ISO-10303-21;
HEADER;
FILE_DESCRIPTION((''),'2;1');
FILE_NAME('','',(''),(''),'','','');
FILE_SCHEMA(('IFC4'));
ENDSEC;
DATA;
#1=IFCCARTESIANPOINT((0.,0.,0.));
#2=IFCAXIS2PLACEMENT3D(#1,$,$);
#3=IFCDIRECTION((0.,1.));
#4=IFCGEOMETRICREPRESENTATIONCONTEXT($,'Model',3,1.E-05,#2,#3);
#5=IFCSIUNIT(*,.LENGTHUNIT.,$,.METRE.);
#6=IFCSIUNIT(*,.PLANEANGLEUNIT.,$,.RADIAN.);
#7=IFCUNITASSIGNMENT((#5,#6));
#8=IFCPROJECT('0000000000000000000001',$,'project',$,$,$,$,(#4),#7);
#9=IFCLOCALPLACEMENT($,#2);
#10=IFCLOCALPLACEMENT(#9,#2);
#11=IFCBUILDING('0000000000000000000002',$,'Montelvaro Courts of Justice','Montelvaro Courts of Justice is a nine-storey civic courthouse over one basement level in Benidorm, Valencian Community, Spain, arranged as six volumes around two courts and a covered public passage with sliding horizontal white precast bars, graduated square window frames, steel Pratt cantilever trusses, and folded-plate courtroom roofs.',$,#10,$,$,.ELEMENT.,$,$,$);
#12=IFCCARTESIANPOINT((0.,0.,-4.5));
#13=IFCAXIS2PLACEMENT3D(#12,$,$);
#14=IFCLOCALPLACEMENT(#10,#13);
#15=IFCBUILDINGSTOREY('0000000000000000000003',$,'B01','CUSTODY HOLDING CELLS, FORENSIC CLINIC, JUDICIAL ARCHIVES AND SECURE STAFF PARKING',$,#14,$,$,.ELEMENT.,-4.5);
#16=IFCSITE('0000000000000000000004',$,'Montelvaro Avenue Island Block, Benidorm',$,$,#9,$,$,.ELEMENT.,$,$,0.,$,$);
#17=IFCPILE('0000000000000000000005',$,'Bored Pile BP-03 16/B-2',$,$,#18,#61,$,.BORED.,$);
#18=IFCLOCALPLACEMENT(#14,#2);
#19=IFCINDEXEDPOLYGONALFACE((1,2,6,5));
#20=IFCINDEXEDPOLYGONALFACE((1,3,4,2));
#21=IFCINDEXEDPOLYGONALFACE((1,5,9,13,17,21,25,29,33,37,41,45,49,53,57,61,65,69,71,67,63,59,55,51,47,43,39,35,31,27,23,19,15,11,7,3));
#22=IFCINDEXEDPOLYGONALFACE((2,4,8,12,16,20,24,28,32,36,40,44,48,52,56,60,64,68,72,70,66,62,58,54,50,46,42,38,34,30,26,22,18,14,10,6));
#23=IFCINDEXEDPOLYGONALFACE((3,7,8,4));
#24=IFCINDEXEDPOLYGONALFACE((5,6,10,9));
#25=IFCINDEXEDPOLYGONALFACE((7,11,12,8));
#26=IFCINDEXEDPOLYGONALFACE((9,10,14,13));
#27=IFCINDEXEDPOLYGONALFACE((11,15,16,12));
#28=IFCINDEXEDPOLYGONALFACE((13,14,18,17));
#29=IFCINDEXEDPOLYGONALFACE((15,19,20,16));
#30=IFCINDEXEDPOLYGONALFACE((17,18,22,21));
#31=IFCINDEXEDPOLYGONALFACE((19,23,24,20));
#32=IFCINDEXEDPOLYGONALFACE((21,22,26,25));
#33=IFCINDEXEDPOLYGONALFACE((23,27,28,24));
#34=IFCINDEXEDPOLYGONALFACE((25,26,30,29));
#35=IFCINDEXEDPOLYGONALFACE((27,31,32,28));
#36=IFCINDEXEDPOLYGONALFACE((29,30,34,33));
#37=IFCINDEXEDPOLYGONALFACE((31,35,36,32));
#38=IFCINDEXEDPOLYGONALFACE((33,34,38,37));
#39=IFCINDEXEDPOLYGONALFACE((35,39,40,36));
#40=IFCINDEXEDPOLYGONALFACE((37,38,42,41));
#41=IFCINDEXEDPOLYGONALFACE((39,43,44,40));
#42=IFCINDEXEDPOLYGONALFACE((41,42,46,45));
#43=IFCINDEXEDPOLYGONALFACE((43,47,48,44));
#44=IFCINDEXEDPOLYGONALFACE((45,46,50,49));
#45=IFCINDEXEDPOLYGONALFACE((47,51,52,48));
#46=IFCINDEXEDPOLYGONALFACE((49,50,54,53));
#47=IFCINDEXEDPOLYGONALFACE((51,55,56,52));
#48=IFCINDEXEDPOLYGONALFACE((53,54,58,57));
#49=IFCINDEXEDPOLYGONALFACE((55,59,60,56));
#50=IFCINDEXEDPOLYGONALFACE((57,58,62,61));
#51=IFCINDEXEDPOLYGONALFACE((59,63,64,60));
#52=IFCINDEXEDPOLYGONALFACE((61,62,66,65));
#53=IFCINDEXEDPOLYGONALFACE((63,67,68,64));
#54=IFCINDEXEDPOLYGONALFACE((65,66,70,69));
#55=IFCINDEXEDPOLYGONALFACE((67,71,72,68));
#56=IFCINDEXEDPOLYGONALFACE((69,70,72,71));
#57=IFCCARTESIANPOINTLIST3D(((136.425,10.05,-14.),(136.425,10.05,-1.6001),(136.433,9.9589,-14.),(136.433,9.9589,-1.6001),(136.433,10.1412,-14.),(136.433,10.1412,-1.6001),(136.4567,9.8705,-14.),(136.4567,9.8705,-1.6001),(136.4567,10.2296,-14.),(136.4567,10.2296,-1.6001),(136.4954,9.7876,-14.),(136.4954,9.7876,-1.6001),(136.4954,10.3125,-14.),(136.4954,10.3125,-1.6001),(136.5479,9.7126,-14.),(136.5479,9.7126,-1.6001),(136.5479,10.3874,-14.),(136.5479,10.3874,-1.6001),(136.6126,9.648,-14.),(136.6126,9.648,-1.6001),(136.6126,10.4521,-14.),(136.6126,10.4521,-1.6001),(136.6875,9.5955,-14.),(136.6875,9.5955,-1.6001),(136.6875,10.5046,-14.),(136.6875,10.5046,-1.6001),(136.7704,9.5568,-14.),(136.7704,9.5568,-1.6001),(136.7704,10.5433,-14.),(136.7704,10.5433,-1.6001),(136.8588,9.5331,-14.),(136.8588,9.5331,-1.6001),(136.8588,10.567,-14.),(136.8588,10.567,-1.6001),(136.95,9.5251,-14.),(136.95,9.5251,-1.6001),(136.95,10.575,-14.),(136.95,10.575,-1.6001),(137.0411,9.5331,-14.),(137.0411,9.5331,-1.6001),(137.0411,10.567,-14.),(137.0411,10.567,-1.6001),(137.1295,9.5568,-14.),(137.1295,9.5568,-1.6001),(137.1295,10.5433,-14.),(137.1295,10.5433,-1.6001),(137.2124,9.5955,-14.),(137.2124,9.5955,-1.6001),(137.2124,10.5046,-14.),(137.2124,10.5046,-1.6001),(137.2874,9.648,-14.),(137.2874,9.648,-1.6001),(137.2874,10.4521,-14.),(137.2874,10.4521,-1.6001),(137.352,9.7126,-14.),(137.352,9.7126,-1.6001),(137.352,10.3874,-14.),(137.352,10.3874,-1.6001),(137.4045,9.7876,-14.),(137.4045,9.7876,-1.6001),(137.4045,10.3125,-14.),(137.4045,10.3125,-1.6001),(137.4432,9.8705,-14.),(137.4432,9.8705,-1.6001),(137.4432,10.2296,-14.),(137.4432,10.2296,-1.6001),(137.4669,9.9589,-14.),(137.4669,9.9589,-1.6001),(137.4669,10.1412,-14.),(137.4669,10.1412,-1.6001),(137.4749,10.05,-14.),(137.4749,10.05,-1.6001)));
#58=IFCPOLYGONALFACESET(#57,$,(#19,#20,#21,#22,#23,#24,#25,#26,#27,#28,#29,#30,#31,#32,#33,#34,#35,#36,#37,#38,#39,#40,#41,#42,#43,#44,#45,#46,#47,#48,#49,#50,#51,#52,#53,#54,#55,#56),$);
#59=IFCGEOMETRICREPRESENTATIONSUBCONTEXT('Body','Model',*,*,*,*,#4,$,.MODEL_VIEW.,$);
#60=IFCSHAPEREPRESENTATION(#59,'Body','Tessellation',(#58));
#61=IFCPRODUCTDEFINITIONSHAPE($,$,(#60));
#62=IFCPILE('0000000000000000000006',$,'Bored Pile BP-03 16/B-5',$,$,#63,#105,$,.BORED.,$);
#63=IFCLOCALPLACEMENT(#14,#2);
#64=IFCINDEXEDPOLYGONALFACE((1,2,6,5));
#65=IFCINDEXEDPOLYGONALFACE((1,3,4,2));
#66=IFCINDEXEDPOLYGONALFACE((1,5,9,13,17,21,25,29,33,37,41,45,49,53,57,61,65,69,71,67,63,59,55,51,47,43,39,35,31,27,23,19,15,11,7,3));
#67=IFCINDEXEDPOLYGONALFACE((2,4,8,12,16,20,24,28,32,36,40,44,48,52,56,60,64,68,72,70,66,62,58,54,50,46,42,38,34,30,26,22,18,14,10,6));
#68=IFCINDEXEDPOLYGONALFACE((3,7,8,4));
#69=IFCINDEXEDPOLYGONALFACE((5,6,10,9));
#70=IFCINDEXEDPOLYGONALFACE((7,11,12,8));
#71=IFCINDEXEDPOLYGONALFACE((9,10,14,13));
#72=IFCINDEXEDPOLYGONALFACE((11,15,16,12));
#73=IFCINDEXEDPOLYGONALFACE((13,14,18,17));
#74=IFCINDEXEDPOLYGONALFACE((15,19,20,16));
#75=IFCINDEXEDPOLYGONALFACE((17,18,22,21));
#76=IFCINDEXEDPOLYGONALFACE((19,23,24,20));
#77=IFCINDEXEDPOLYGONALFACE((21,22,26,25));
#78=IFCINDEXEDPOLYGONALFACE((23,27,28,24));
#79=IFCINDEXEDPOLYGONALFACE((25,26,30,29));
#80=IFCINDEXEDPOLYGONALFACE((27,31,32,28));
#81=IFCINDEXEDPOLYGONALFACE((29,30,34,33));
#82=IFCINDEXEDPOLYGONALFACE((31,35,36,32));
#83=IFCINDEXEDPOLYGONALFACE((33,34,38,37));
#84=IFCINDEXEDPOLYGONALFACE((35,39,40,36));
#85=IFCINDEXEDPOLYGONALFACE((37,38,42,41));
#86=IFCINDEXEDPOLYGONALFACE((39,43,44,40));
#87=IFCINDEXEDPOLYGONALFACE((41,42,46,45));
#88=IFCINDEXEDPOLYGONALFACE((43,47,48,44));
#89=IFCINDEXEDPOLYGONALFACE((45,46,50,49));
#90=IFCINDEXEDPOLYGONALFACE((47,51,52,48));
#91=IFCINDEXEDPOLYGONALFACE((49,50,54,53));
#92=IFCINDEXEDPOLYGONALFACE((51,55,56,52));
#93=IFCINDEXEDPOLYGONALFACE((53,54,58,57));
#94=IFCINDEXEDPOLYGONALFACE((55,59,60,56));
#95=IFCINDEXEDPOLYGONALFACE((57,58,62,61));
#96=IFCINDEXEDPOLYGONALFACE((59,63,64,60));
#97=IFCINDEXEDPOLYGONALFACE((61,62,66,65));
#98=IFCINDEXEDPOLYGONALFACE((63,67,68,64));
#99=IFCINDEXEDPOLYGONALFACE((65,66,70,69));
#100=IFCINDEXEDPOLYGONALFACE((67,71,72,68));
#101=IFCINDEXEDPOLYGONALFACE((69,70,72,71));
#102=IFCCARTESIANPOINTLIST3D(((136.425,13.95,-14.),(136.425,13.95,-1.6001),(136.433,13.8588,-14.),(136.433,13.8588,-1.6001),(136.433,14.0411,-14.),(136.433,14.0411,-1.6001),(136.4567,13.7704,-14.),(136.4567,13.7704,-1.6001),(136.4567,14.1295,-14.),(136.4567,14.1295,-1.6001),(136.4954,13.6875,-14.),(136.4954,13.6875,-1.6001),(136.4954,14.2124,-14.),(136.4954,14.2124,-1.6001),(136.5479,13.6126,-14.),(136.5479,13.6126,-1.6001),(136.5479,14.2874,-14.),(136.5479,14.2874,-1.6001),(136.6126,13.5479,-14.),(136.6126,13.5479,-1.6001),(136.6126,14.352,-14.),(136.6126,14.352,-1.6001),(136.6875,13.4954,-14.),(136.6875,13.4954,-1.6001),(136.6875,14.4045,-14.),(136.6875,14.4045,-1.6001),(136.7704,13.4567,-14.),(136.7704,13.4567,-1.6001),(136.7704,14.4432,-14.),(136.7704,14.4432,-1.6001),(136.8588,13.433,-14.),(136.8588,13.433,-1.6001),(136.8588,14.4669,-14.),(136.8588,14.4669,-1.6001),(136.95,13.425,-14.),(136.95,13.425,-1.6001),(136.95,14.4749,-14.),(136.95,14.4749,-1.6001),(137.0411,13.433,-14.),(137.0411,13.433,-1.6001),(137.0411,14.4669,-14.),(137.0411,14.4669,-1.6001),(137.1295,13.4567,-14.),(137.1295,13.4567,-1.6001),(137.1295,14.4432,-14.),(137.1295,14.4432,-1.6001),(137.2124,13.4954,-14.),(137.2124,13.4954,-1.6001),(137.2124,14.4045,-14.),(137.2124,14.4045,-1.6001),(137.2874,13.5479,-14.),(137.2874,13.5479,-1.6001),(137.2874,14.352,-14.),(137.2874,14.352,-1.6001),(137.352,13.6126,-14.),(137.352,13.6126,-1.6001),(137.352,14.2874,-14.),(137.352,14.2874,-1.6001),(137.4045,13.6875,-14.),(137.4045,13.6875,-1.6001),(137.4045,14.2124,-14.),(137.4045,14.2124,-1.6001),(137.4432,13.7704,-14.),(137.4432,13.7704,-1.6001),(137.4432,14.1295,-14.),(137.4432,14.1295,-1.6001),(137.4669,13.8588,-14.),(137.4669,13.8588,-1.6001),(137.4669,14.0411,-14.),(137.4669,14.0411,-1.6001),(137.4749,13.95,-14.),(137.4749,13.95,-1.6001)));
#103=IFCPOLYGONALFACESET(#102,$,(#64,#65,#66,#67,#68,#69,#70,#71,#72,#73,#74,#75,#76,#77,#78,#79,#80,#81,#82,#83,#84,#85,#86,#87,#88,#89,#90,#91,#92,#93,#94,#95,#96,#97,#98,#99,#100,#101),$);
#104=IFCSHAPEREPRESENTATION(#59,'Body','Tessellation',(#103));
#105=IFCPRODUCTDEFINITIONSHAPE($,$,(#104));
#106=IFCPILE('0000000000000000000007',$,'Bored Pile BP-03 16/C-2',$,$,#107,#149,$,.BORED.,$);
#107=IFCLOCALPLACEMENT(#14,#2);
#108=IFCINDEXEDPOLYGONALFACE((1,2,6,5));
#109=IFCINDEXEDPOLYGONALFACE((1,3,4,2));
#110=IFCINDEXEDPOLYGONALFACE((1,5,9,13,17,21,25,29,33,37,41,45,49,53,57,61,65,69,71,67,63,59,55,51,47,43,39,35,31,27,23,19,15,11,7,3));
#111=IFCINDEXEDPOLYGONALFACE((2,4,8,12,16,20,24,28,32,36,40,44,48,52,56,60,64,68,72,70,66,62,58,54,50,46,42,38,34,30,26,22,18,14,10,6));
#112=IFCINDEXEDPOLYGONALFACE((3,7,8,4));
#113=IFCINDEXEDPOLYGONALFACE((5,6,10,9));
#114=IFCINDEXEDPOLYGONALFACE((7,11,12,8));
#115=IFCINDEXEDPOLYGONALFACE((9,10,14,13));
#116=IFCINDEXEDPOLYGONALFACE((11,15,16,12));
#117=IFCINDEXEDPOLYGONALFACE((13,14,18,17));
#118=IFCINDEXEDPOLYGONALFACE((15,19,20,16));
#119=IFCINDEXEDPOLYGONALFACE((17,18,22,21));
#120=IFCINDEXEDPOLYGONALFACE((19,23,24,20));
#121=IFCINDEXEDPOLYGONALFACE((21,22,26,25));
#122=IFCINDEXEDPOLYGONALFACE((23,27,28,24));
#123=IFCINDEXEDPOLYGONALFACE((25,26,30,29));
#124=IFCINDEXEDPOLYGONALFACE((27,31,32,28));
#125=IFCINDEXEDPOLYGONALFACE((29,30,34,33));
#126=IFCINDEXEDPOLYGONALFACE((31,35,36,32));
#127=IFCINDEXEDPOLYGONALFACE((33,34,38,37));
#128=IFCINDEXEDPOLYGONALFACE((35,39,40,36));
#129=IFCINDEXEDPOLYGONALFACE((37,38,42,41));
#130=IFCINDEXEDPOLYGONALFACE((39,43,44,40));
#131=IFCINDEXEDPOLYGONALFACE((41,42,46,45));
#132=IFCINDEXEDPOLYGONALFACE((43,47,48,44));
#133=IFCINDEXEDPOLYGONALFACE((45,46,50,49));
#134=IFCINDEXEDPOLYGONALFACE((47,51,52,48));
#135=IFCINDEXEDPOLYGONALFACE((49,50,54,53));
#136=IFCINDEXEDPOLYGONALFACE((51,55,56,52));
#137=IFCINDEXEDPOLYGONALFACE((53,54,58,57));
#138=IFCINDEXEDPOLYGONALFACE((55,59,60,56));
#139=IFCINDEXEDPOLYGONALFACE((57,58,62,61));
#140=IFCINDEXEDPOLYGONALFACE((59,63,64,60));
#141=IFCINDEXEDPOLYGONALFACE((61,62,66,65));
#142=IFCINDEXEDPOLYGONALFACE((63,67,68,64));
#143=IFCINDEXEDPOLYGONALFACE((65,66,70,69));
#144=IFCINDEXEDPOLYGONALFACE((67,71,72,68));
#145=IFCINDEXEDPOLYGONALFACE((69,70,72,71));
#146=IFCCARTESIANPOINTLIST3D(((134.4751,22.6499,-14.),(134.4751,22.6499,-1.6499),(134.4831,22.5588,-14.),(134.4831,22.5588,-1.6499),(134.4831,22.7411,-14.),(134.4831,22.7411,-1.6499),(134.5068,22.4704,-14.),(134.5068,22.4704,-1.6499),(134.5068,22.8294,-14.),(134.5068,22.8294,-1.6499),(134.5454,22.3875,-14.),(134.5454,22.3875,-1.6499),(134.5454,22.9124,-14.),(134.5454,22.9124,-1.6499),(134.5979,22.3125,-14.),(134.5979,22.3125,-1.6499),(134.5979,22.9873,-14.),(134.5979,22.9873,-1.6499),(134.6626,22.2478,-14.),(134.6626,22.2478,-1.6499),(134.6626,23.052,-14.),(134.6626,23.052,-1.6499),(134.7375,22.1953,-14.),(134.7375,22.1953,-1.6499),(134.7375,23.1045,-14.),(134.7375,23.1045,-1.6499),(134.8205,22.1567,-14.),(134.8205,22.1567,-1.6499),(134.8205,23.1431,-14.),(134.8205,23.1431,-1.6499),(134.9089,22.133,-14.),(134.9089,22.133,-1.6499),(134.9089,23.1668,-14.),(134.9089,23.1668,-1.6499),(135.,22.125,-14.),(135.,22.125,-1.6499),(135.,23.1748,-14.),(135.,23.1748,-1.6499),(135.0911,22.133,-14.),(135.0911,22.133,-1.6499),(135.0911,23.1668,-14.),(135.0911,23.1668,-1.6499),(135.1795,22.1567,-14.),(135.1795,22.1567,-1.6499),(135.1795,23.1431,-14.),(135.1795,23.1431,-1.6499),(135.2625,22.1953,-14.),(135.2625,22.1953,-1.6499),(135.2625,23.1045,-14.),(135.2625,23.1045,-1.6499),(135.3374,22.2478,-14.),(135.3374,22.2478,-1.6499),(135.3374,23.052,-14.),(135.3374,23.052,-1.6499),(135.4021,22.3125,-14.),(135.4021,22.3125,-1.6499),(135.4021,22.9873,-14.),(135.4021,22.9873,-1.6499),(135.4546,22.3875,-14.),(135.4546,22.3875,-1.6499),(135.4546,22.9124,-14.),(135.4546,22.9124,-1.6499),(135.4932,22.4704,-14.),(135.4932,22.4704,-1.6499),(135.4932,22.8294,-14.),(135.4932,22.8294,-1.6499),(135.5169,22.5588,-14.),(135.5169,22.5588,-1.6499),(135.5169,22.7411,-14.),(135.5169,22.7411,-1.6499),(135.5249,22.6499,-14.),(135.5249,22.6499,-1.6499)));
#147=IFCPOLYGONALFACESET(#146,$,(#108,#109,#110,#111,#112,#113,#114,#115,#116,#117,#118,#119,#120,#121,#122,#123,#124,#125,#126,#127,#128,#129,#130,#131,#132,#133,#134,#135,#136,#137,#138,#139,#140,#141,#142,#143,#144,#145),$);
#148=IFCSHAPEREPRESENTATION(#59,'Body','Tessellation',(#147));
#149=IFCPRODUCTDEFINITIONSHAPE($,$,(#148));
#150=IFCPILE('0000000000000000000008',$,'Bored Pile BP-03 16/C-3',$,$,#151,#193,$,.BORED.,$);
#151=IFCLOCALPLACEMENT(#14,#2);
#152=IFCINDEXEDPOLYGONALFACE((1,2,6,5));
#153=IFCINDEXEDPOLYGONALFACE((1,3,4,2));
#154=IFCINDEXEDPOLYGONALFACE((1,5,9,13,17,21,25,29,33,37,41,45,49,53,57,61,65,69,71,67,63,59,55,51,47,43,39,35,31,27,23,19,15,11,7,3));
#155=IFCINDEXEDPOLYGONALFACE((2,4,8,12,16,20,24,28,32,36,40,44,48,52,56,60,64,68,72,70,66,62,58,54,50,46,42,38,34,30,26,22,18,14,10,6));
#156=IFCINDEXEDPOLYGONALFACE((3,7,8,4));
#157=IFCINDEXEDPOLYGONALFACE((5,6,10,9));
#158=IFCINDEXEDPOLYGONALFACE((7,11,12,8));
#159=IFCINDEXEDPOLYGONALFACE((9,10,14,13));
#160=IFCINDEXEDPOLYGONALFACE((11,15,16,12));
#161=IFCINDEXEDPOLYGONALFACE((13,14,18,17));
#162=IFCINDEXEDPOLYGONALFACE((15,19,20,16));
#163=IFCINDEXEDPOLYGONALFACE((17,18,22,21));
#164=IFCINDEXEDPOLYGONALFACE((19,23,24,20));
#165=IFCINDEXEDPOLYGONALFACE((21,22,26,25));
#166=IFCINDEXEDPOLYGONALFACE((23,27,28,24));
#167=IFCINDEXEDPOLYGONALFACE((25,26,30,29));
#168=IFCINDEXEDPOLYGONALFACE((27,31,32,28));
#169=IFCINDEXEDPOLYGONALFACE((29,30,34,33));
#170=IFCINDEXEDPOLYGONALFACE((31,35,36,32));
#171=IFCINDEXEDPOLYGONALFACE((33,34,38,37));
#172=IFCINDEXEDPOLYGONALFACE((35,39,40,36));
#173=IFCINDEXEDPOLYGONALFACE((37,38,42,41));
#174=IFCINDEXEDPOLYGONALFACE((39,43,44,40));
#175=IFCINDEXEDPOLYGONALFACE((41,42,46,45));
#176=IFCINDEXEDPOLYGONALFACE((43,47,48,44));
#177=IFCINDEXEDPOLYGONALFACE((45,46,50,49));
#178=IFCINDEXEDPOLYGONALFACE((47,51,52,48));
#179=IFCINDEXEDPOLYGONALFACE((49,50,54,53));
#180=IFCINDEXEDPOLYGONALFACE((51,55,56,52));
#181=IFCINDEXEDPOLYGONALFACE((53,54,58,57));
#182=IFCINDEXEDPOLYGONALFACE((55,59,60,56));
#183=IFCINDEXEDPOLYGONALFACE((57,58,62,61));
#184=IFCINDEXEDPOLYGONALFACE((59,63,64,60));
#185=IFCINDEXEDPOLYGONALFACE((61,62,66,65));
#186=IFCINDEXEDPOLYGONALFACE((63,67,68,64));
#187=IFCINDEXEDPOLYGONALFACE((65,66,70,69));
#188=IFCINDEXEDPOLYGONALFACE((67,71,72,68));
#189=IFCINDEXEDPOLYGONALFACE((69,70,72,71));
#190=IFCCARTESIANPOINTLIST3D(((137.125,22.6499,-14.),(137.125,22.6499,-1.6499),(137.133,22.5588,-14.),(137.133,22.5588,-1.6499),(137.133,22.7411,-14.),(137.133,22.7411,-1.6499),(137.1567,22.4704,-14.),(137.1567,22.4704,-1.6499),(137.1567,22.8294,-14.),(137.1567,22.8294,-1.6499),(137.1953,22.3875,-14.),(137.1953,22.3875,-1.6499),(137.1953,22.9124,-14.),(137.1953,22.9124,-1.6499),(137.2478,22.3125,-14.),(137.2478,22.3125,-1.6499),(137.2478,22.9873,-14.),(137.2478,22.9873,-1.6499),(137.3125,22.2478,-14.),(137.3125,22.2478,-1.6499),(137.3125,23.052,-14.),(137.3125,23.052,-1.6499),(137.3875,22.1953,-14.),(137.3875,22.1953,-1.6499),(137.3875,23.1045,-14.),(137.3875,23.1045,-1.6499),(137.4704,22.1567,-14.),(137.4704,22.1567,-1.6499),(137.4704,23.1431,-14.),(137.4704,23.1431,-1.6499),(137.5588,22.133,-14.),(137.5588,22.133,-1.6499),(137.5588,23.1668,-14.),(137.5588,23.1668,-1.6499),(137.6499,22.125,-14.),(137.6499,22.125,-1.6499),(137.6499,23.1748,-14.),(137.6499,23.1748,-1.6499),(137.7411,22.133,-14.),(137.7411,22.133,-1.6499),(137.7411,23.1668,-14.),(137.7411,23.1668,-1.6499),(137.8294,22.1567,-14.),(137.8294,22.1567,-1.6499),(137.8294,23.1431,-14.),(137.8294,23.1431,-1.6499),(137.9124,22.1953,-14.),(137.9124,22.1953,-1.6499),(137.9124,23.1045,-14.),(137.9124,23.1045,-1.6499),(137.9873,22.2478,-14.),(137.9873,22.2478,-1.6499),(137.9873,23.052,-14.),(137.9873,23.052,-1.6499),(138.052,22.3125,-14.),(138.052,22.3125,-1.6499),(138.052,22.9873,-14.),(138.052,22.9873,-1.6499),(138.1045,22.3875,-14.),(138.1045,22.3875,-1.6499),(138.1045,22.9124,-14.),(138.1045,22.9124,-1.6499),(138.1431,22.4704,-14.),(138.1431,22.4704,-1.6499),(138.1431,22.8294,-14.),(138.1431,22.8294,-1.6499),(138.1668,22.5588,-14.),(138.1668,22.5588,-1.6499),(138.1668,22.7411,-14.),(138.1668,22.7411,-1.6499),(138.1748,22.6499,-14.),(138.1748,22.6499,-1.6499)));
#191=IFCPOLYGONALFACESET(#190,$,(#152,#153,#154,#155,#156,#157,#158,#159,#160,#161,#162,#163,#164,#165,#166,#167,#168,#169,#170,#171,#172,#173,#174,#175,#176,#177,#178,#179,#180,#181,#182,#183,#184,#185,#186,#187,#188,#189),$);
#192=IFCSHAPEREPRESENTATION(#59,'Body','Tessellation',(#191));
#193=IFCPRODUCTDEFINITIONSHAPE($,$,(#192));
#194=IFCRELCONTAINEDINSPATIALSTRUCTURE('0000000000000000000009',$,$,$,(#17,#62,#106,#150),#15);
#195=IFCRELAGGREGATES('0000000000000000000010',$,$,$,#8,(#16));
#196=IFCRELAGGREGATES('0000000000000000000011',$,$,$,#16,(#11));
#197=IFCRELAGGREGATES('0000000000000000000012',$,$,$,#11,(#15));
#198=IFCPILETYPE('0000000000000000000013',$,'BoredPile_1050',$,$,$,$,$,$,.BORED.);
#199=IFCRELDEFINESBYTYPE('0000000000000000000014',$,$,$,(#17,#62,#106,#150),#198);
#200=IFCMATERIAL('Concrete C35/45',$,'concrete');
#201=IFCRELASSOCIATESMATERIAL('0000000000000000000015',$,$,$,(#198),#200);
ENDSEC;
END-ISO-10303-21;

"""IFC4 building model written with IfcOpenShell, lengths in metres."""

from ifc_helpers import new_model, si_unit, direction, frame, origin, origin_2d, place, context, subcontext, project, spatial, circle, extrude, material, material_profile, profile_set, type_object, element, save


model = new_model("IFC4")

# Units and contexts
model_context = context("Model", 3, precision=1e-05, world=origin(), true_north=direction((0.0, 1.0)))
body_context = subcontext(model_context, "Body", "Model", "MODEL_VIEW")
ifc_project = project(units=[si_unit("LENGTHUNIT", "METRE"), si_unit("PLANEANGLEUNIT", "RADIAN")], contexts=[model_context])

# Site, building, storey
site_placement = place(None, origin())
site = spatial("IfcSite", under=ifc_project, at=site_placement, Name="Montelvaro Avenue Island Block, Benidorm", CompositionType="ELEMENT", RefElevation=0.0)
building_placement = place(site_placement, origin())
building = spatial("IfcBuilding", under=site, at=building_placement, Name="Montelvaro Courts of Justice", Description="Montelvaro Courts of Justice is a nine-storey civic courthouse over one basement level in Benidorm, Valencian Community, Spain, arranged as six volumes around two courts and a covered public passage with sliding horizontal white precast bars, graduated square window frames, steel Pratt cantilever trusses, and folded-plate courtroom roofs.", CompositionType="ELEMENT")
storey_placement = place(building_placement, frame((0.0, 0.0, -4.5)))
storey = spatial("IfcBuildingStorey", under=building, at=storey_placement, Name="B01", Description="CUSTODY HOLDING CELLS, FORENSIC CLINIC, JUDICIAL ARCHIVES AND SECURE STAFF PARKING", CompositionType="ELEMENT", Elevation=-4.5)

# Piles
ifc_material_1 = material(Name="Concrete C35/45", Category="concrete")
ifc_material_profile_1 = material_profile(ifc_material_1, circle(Radius=0.5249, at=origin_2d()), Name="BORED PILE D1050")
ifc_profile_set_1 = profile_set([ifc_material_profile_1], Name="Concrete C35/45")
pile_type_1 = type_object("IfcPileType", Name="BoredPile_1050", PredefinedType="BORED", material=ifc_profile_set_1)
for number, where, z_axis, x_axis, name in (
    (1, (136.95, 10.05, -1.6001), (0.0, 0.0, -1.0), (1.0, 0.0, 0.0), "Bored Pile BP-03 16/B-2"),
    (2, (136.95, 13.95, -1.6001), (0.0, 0.0, -1.0), (1.0, 0.0, 0.0), "Bored Pile BP-03 16/B-5"),
):
    element("IfcPile", number, at=place(storey_placement, frame(where, z_axis=z_axis, x_axis=x_axis)), inside=storey, type_object=pile_type_1, Name=name, PredefinedType="BORED", context=body_context, shape_type="SweptSolid", body=[
        extrude(circle(Radius=0.5249, at=origin_2d()), origin(), (0.0, 0.0, 1.0), 12.3999),
    ])
for number, where, z_axis, x_axis, name in (
    (3, (135.0, 22.6499, -1.6499), (0.0, 0.0, -1.0), (1.0, 0.0, 0.0), "Bored Pile BP-03 16/C-2"),
    (4, (137.6499, 22.6499, -1.6499), (0.0, 0.0, -1.0), (1.0, 0.0, 0.0), "Bored Pile BP-03 16/C-3"),
):
    element("IfcPile", number, at=place(storey_placement, frame(where, z_axis=z_axis, x_axis=x_axis)), inside=storey, type_object=pile_type_1, Name=name, PredefinedType="BORED", context=body_context, shape_type="SweptSolid", body=[
        extrude(circle(Radius=0.5249, at=origin_2d()), origin(), (0.0, 0.0, 1.0), 12.3501),
    ])

save(model, "model.ifc")
